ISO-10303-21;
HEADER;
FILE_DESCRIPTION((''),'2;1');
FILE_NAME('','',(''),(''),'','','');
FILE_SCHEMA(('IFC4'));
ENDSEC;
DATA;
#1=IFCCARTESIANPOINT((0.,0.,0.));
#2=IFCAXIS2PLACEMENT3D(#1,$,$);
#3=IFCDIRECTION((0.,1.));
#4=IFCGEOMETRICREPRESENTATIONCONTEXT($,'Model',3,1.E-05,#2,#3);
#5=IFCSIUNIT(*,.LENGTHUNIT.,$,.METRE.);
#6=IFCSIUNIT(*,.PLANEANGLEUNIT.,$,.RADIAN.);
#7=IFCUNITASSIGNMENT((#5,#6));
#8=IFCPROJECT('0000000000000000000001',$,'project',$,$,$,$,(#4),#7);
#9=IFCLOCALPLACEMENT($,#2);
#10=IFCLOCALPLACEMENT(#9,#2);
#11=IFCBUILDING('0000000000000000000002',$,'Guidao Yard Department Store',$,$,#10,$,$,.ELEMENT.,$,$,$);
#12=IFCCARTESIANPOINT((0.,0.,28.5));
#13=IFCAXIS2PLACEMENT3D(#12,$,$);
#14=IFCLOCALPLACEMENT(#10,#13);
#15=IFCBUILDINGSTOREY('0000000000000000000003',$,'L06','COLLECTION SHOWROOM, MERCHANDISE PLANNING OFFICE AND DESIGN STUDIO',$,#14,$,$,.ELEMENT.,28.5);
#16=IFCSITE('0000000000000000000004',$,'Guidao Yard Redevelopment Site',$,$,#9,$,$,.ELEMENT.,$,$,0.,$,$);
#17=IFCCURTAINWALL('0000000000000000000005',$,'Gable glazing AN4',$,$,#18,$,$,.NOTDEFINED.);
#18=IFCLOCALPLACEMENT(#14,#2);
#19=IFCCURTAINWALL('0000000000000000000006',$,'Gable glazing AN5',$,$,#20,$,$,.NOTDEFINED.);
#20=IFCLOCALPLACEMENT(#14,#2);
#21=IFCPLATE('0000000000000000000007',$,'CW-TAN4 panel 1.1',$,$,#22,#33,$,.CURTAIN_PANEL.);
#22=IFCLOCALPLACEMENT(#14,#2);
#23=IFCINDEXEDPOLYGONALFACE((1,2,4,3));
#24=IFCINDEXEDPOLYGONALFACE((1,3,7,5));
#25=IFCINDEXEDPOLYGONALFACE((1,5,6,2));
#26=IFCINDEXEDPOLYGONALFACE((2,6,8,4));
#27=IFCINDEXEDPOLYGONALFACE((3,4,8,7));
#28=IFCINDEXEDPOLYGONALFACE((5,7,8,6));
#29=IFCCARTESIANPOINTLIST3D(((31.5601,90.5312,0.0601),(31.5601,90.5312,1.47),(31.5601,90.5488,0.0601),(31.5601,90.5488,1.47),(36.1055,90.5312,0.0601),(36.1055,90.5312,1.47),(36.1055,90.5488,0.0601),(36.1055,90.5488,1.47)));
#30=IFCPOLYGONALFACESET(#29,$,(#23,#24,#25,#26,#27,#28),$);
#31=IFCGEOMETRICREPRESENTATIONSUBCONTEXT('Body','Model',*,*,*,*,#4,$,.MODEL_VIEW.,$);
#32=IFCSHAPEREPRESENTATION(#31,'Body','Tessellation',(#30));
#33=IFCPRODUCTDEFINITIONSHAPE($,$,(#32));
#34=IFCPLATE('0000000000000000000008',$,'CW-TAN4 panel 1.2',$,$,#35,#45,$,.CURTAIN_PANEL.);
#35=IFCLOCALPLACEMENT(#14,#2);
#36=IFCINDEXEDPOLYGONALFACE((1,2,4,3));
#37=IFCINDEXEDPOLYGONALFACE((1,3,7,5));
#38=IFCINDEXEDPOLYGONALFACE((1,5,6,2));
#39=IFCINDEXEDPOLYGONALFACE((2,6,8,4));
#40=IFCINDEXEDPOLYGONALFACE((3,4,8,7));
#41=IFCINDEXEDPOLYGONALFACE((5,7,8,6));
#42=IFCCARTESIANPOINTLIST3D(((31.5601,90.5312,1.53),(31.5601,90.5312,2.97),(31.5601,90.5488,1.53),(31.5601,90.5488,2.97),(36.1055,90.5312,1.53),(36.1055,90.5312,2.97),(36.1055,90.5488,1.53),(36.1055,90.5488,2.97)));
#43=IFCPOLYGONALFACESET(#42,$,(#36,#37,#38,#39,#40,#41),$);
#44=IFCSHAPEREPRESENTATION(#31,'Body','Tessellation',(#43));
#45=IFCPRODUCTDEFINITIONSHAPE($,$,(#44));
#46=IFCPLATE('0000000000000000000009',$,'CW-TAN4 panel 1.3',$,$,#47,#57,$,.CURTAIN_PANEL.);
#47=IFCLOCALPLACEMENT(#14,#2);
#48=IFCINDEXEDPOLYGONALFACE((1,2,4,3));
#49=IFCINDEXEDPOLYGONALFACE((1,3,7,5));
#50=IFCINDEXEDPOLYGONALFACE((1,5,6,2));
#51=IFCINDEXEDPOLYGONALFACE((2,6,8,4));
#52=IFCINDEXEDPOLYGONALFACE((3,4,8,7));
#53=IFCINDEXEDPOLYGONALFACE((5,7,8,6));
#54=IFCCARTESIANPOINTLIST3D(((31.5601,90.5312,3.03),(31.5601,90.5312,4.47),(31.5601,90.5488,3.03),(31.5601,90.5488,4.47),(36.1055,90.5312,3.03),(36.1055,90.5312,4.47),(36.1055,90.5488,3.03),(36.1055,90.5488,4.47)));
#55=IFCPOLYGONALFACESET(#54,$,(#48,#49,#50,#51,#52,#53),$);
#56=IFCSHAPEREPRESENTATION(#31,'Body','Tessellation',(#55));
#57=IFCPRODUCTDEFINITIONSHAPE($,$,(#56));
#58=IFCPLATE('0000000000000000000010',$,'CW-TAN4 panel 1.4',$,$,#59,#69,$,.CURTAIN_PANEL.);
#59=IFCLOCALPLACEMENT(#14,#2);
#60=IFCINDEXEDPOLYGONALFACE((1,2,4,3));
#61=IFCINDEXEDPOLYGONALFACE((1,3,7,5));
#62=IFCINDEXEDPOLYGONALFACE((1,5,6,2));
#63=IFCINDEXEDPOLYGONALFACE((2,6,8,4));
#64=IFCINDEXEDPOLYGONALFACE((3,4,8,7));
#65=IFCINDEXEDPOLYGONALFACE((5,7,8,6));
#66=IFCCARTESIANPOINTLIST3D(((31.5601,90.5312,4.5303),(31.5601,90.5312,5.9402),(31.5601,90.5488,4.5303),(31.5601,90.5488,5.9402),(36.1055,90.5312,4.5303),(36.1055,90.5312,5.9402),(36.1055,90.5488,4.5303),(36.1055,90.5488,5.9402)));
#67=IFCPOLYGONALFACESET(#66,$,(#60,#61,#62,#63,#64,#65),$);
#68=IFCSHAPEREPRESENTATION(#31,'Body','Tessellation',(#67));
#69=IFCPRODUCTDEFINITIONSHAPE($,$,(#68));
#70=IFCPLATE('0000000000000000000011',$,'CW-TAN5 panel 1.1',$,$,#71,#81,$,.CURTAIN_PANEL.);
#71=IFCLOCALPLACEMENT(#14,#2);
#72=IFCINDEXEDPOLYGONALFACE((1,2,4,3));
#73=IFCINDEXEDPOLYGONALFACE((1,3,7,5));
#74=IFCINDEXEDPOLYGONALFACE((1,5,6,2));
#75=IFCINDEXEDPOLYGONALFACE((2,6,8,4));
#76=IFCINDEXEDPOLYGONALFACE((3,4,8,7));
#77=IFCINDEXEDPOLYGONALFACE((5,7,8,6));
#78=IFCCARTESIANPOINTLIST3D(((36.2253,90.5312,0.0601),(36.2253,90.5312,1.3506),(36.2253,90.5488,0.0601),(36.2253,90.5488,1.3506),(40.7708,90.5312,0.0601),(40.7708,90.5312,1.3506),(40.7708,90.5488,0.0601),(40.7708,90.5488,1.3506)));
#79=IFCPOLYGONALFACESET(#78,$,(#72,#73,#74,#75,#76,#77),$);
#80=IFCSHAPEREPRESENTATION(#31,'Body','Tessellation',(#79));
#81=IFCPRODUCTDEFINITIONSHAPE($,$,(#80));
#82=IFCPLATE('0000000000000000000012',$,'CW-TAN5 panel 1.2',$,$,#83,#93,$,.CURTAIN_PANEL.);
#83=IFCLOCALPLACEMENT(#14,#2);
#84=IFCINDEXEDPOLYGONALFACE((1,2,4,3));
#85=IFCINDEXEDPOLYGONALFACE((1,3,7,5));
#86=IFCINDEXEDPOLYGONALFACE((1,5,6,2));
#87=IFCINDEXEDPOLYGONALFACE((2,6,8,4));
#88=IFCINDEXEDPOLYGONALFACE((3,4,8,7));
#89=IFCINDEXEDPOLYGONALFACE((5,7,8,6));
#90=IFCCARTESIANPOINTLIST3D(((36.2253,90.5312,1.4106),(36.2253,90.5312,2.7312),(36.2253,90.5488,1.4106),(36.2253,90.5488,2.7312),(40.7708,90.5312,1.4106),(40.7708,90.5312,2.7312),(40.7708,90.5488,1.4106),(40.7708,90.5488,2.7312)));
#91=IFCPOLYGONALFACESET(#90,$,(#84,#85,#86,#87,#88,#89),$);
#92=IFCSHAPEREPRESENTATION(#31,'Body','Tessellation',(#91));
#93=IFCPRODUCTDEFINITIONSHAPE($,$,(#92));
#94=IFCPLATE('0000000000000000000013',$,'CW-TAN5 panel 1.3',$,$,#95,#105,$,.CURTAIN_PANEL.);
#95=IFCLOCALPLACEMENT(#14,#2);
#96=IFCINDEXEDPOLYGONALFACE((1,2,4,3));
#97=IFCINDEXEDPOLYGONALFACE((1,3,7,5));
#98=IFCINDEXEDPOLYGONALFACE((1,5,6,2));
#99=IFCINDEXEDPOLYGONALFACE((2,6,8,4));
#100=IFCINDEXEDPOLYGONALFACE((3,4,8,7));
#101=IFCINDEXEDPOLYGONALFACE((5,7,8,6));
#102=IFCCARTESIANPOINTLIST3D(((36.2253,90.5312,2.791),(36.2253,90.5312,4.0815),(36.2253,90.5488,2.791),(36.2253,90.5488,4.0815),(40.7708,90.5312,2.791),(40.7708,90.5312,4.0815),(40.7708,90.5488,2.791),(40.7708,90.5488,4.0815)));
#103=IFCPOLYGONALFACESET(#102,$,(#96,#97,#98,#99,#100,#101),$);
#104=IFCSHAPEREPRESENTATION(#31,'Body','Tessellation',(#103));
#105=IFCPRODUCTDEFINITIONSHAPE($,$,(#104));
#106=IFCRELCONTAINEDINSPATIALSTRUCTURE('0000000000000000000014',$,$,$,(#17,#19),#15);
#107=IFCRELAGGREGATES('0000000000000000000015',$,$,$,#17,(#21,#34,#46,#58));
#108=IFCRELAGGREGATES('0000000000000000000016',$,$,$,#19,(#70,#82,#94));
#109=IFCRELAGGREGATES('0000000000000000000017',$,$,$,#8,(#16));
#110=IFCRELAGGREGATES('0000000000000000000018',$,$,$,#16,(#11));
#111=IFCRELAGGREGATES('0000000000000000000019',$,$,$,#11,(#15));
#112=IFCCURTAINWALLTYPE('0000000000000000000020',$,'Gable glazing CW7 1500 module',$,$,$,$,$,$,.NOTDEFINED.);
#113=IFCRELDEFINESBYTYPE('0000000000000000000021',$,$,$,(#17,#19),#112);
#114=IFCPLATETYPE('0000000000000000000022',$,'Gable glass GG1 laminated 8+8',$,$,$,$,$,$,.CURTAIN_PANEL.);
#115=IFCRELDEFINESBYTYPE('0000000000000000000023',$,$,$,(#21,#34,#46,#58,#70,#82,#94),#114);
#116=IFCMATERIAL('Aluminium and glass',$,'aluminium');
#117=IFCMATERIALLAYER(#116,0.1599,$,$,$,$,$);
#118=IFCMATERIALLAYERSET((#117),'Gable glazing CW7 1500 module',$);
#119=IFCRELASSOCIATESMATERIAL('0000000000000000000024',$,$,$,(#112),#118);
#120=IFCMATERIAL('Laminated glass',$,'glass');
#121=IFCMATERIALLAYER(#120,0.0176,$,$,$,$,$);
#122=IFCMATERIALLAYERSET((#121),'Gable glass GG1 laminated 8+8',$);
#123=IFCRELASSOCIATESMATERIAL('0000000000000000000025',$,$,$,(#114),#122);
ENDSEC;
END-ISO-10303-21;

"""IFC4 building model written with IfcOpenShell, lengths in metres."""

from ifc_helpers import new_model, si_unit, direction, frame, origin, origin_2d, place, context, subcontext, project, spatial, rectangle, extrude, material, layer, layer_set, type_object, element, aggregate, save


model = new_model("IFC4")

# Units and contexts
model_context = context("Model", 3, precision=1e-05, world=origin(), true_north=direction((0.0, 1.0)))
body_context = subcontext(model_context, "Body", "Model", "MODEL_VIEW")
ifc_project = project(units=[si_unit("LENGTHUNIT", "METRE"), si_unit("PLANEANGLEUNIT", "RADIAN")], contexts=[model_context])

# Site, building, storey
site_placement = place(None, origin())
site = spatial("IfcSite", under=ifc_project, at=site_placement, Name="Guidao Yard Redevelopment Site", CompositionType="ELEMENT", RefElevation=0.0)
building_placement = place(site_placement, origin())
building = spatial("IfcBuilding", under=site, at=building_placement, Name="Guidao Yard Department Store", CompositionType="ELEMENT")
storey_placement = place(building_placement, frame((0.0, 0.0, 28.5)))
storey = spatial("IfcBuildingStorey", under=building, at=storey_placement, Name="L06", Description="COLLECTION SHOWROOM, MERCHANDISE PLANNING OFFICE AND DESIGN STUDIO", CompositionType="ELEMENT", Elevation=28.5)

# Curtain wall
ifc_material_1 = material(Name="Aluminium and glass", Category="aluminium")
ifc_layer_1 = layer(ifc_material_1, 0.1599)
ifc_layer_set_1 = layer_set([ifc_layer_1], Name="Gable glazing CW7 1500 module")
curtain_wall_type = type_object("IfcCurtainWallType", Name="Gable glazing CW7 1500 module", PredefinedType="NOTDEFINED", material=ifc_layer_set_1)
curtain_wall_1_placement = place(storey_placement, origin())
curtain_wall_1 = element("IfcCurtainWall", 1, at=curtain_wall_1_placement, inside=storey, type_object=curtain_wall_type, Name="Gable glazing AN4", PredefinedType="NOTDEFINED")

# Curtain wall
curtain_wall_2_placement = place(storey_placement, origin())
curtain_wall_2 = element("IfcCurtainWall", 2, at=curtain_wall_2_placement, inside=storey, type_object=curtain_wall_type, Name="Gable glazing AN5", PredefinedType="NOTDEFINED")

# Plates
ifc_material_2 = material(Name="Laminated glass", Category="glass")
ifc_layer_2 = layer(ifc_material_2, 0.0176)
ifc_layer_set_2 = layer_set([ifc_layer_2], Name="Gable glass GG1 laminated 8+8")
plate_type = type_object("IfcPlateType", Name="Gable glass GG1 laminated 8+8", PredefinedType="CURTAIN_PANEL", material=ifc_layer_set_2)
plate_1_placement = place(storey_placement, frame((33.8328, 90.54, 0.0601), z_axis=(0.0, 0.0, 1.0), x_axis=(1.0, 0.0, 0.0)))
plate_1 = element("IfcPlate", 3, at=plate_1_placement, type_object=plate_type, Name="CW-TAN4 panel 1.1", PredefinedType="CURTAIN_PANEL", context=body_context, shape_type="SweptSolid", body=[
    extrude(rectangle(XDim=4.5454, YDim=0.0176, at=origin_2d()), origin(), (0.0, 0.0, 1.0), 1.4099),
])
plate_2_placement = place(storey_placement, frame((33.8328, 90.54, 1.53), z_axis=(0.0, 0.0, 1.0), x_axis=(1.0, 0.0, 0.0)))
plate_2 = element("IfcPlate", 4, at=plate_2_placement, type_object=plate_type, Name="CW-TAN4 panel 1.2", PredefinedType="CURTAIN_PANEL", context=body_context, shape_type="SweptSolid", body=[
    extrude(rectangle(XDim=4.5454, YDim=0.0176, at=origin_2d()), origin(), (0.0, 0.0, 1.0), 1.4399),
])
plate_3_placement = place(storey_placement, frame((33.8328, 90.54, 3.03), z_axis=(0.0, 0.0, 1.0), x_axis=(1.0, 0.0, 0.0)))
plate_3 = element("IfcPlate", 5, at=plate_3_placement, type_object=plate_type, Name="CW-TAN4 panel 1.3", PredefinedType="CURTAIN_PANEL", context=body_context, shape_type="SweptSolid", body=[
    extrude(rectangle(XDim=4.5454, YDim=0.0176, at=origin_2d()), origin(), (0.0, 0.0, 1.0), 1.4399),
])
plate_4_placement = place(storey_placement, frame((33.8328, 90.54, 4.5303), z_axis=(0.0, 0.0, 1.0), x_axis=(1.0, 0.0, 0.0)))
plate_4 = element("IfcPlate", 6, at=plate_4_placement, type_object=plate_type, Name="CW-TAN4 panel 1.4", PredefinedType="CURTAIN_PANEL", context=body_context, shape_type="SweptSolid", body=[
    extrude(rectangle(XDim=4.5454, YDim=0.0176, at=origin_2d()), origin(), (0.0, 0.0, 1.0), 1.4099),
])
aggregate(curtain_wall_1, [plate_1, plate_2, plate_3, plate_4])
plate_5_placement = place(storey_placement, frame((38.498, 90.54, 0.0601), z_axis=(0.0, 0.0, 1.0), x_axis=(1.0, 0.0, 0.0)))
plate_5 = element("IfcPlate", 7, at=plate_5_placement, type_object=plate_type, Name="CW-TAN5 panel 1.1", PredefinedType="CURTAIN_PANEL", context=body_context, shape_type="SweptSolid", body=[
    extrude(rectangle(XDim=4.5454, YDim=0.0176, at=origin_2d()), origin(), (0.0, 0.0, 1.0), 1.2905),
])
plate_6_placement = place(storey_placement, frame((38.498, 90.54, 1.4106), z_axis=(0.0, 0.0, 1.0), x_axis=(1.0, 0.0, 0.0)))
plate_6 = element("IfcPlate", 8, at=plate_6_placement, type_object=plate_type, Name="CW-TAN5 panel 1.2", PredefinedType="CURTAIN_PANEL", context=body_context, shape_type="SweptSolid", body=[
    extrude(rectangle(XDim=4.5454, YDim=0.0176, at=origin_2d()), origin(), (0.0, 0.0, 1.0), 1.3206),
])
plate_7_placement = place(storey_placement, frame((38.498, 90.54, 2.791), z_axis=(0.0, 0.0, 1.0), x_axis=(1.0, 0.0, 0.0)))
plate_7 = element("IfcPlate", 9, at=plate_7_placement, type_object=plate_type, Name="CW-TAN5 panel 1.3", PredefinedType="CURTAIN_PANEL", context=body_context, shape_type="SweptSolid", body=[
    extrude(rectangle(XDim=4.5454, YDim=0.0176, at=origin_2d()), origin(), (0.0, 0.0, 1.0), 1.2905),
])
aggregate(curtain_wall_2, [plate_5, plate_6, plate_7])

save(model, "model.ifc")
